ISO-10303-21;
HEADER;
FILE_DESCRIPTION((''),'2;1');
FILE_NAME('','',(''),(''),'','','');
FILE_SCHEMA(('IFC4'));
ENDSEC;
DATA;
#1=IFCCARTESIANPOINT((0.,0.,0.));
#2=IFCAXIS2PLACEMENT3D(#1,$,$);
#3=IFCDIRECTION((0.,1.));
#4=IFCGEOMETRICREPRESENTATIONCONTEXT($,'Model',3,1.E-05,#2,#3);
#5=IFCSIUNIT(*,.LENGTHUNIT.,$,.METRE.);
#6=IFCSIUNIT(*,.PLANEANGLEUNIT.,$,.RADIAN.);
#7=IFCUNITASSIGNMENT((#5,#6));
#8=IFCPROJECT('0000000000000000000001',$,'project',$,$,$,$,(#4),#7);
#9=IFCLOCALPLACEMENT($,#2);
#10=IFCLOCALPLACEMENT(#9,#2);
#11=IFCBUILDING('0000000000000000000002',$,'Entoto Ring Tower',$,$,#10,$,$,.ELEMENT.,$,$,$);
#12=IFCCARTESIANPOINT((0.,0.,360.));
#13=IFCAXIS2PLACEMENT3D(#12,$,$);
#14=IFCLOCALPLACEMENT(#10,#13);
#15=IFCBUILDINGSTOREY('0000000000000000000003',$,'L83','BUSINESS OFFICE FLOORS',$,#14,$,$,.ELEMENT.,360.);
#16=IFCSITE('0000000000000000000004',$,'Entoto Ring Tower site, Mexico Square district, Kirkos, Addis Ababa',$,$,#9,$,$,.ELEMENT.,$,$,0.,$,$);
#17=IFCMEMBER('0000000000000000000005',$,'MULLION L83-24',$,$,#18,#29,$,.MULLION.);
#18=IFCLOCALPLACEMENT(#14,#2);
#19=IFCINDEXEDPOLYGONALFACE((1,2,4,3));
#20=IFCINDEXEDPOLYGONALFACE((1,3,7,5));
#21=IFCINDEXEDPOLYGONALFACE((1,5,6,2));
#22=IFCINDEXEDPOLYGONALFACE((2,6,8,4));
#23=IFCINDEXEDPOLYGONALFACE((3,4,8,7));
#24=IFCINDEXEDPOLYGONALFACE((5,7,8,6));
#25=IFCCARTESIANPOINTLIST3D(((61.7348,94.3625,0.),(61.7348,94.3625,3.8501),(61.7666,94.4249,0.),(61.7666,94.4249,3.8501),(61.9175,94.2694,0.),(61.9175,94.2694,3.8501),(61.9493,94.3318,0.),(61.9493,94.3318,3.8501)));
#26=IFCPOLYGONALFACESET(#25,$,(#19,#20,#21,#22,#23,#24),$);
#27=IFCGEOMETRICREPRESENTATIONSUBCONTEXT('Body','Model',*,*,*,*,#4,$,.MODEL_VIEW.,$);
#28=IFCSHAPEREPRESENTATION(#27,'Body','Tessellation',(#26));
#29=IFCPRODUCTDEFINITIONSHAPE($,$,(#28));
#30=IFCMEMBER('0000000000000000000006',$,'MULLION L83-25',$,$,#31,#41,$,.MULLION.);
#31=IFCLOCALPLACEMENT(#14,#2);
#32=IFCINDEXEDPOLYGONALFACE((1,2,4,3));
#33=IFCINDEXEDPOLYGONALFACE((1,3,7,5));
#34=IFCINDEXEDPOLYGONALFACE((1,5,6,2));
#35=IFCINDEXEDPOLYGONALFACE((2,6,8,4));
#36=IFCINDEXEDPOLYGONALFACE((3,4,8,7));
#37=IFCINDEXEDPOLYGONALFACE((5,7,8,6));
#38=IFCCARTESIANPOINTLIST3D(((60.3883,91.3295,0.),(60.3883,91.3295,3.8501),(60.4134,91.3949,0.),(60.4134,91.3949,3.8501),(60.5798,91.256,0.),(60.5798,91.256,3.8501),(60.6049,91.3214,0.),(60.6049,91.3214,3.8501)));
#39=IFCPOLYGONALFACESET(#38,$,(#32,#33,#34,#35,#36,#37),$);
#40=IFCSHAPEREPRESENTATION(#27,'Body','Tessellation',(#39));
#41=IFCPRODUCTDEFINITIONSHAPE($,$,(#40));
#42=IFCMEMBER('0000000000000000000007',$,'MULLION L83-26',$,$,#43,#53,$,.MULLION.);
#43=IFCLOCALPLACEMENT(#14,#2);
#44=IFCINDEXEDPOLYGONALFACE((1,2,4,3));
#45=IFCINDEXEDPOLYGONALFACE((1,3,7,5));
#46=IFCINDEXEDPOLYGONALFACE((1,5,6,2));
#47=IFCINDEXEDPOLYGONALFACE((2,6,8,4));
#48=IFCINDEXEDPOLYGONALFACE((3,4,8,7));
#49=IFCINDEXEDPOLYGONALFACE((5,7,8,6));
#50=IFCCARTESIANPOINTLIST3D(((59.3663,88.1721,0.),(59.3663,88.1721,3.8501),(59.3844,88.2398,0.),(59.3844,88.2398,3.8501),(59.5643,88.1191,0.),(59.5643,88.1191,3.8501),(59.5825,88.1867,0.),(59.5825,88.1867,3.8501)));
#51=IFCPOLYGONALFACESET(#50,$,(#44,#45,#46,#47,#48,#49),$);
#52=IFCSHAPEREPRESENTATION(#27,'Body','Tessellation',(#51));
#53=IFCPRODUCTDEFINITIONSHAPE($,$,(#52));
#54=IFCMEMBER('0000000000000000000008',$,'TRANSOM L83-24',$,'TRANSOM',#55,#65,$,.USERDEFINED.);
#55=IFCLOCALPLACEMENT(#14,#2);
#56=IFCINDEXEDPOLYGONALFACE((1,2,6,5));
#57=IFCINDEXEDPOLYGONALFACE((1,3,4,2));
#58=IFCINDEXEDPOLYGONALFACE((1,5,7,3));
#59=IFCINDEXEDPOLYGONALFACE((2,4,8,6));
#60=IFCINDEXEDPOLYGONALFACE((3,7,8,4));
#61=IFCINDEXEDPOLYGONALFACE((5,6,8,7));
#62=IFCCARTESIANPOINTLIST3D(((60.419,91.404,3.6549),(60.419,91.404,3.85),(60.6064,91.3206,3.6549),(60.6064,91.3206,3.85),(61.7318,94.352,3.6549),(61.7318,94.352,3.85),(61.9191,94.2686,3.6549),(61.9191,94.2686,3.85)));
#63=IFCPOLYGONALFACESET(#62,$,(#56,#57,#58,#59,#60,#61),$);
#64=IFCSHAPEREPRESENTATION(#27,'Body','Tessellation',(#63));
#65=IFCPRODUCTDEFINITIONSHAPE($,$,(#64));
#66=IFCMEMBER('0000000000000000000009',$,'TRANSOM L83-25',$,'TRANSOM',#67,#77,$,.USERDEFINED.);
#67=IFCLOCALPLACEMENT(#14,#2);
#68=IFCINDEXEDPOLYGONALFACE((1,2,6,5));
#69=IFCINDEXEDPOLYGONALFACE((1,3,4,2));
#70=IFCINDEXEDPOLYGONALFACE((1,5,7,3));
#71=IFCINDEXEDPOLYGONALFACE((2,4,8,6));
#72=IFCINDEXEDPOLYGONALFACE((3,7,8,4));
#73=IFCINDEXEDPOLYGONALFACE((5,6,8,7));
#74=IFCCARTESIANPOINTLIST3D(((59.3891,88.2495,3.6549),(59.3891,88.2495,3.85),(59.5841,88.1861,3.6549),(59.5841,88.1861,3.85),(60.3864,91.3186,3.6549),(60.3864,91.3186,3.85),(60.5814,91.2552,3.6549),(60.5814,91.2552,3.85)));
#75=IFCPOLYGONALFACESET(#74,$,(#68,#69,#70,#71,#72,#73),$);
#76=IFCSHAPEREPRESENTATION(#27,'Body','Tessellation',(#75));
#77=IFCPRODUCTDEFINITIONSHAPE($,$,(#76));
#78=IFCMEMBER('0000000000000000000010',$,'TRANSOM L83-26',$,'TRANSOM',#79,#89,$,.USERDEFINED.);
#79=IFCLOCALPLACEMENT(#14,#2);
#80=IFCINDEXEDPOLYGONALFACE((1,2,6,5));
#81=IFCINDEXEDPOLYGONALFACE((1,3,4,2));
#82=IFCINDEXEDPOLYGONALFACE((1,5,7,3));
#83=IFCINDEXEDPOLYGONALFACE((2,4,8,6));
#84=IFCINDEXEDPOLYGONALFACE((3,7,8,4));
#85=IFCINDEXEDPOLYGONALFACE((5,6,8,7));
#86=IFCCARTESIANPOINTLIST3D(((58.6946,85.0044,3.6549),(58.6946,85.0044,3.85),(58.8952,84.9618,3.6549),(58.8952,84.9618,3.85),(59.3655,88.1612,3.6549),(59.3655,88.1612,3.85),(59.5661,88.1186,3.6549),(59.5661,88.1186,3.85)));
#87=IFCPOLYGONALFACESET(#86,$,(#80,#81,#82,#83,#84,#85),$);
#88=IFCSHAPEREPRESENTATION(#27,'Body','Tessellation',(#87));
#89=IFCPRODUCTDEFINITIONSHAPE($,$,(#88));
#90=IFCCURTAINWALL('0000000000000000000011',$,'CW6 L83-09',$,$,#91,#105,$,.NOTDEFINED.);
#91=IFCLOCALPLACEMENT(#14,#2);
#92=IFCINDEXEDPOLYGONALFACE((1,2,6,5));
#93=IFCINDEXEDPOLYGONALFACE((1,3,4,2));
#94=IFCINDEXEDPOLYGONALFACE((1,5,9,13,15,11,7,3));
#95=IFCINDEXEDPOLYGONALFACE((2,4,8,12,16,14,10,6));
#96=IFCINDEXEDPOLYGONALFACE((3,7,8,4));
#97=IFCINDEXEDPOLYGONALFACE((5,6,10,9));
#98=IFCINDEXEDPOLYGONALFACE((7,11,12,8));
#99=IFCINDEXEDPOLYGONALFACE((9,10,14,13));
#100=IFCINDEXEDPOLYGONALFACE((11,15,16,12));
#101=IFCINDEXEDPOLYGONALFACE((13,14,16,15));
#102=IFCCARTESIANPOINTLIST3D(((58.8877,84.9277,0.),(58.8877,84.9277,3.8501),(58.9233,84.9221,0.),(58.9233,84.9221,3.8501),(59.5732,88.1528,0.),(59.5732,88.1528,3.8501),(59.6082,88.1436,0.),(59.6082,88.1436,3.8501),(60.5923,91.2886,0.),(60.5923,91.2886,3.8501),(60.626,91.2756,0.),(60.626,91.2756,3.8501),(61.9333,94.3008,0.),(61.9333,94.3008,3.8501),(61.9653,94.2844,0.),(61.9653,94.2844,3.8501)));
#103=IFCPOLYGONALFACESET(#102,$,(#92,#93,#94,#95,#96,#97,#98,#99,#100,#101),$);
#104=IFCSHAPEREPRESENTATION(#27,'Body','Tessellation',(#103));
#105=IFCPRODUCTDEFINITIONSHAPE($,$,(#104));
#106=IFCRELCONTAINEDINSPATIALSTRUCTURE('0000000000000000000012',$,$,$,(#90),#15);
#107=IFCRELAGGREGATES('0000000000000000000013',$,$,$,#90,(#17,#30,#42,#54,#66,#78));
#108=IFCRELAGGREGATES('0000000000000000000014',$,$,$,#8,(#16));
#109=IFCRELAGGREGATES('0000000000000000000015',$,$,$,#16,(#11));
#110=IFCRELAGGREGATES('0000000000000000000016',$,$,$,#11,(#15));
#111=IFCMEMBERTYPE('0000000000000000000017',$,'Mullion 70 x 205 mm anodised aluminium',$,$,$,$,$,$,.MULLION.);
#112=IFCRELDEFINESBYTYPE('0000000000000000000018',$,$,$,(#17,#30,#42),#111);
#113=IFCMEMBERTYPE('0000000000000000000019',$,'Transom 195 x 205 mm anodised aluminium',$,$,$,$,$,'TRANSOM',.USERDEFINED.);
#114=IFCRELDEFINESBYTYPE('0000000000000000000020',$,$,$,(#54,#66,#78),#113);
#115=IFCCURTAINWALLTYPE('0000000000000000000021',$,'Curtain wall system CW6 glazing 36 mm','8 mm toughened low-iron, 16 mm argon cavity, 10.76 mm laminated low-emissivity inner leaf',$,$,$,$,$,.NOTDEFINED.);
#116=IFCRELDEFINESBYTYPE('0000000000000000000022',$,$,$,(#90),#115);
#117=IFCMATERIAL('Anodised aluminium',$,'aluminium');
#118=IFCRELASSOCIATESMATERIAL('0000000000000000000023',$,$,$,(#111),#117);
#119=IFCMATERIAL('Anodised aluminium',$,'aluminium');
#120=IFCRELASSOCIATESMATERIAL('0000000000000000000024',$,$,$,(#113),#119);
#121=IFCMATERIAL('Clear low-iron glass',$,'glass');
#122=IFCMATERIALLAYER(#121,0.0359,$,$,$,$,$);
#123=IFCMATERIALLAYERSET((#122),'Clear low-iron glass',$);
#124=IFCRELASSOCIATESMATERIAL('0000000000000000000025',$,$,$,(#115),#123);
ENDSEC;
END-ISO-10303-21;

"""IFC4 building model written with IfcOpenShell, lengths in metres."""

from ifc_helpers import new_model, si_unit, direction, frame, origin, origin_2d, place, context, subcontext, project, spatial, polyline, rectangle, outline, extrude, material, layer, layer_set, material_profile, profile_set, type_object, element, aggregate, save


model = new_model("IFC4")

# Units and contexts
model_context = context("Model", 3, precision=1e-05, world=origin(), true_north=direction((0.0, 1.0)))
body_context = subcontext(model_context, "Body", "Model", "MODEL_VIEW")
ifc_project = project(units=[si_unit("LENGTHUNIT", "METRE"), si_unit("PLANEANGLEUNIT", "RADIAN")], contexts=[model_context])

# Members
ifc_material_1 = material(Name="Anodised aluminium", Category="aluminium")
ifc_material_profile_1 = material_profile(ifc_material_1, rectangle(XDim=0.0701, YDim=0.2051, at=origin_2d()), Name="Mullion 70 x 205 mm anodised aluminium")
ifc_profile_set_1 = profile_set([ifc_material_profile_1], Name="Anodised aluminium")
member_type_1 = type_object("IfcMemberType", Name="Mullion 70 x 205 mm anodised aluminium", PredefinedType="MULLION", material=ifc_profile_set_1)
site_placement = place(None, origin())
building_placement = place(site_placement, origin())
storey_placement = place(building_placement, frame((0.0, 0.0, 360.0)))
member_1_placement = place(storey_placement, frame((61.842, 94.3472, 0.0), z_axis=(0.0, 0.0, 1.0), x_axis=(-0.45399, -0.891007, 0.0)))
member_1 = element("IfcMember", 1, at=member_1_placement, type_object=member_type_1, Name="MULLION L83-24", PredefinedType="MULLION", context=body_context, shape_type="SweptSolid", body=[
    extrude(rectangle(XDim=0.0701, YDim=0.2051, at=origin_2d()), origin(), (0.0, 0.0, 1.0), 3.8501),
])
member_2_placement = place(storey_placement, frame((60.4966, 91.3254, 0.0), z_axis=(0.0, 0.0, 1.0), x_axis=(-0.358368, -0.93358, 0.0)))
member_2 = element("IfcMember", 2, at=member_2_placement, type_object=member_type_1, Name="MULLION L83-25", PredefinedType="MULLION", context=body_context, shape_type="SweptSolid", body=[
    extrude(rectangle(XDim=0.0701, YDim=0.2051, at=origin_2d()), origin(), (0.0, 0.0, 1.0), 3.8501),
])
member_3_placement = place(storey_placement, frame((59.4744, 88.1794, 0.0), z_axis=(0.0, 0.0, 1.0), x_axis=(-0.258819, -0.965926, 0.0)))
member_3 = element("IfcMember", 3, at=member_3_placement, type_object=member_type_1, Name="MULLION L83-26", PredefinedType="MULLION", context=body_context, shape_type="SweptSolid", body=[
    extrude(rectangle(XDim=0.0701, YDim=0.2051, at=origin_2d()), origin(), (0.0, 0.0, 1.0), 3.8501),
])
ifc_material_2 = material(Name="Anodised aluminium", Category="aluminium")
ifc_material_profile_2 = material_profile(ifc_material_2, rectangle(XDim=0.2051, YDim=0.1951, at=origin_2d()), Name="Transom 195 x 205 mm anodised aluminium")
ifc_profile_set_2 = profile_set([ifc_material_profile_2], Name="Anodised aluminium")
member_type_2 = type_object("IfcMemberType", Name="Transom 195 x 205 mm anodised aluminium", ElementType="TRANSOM", PredefinedType="USERDEFINED", material=ifc_profile_set_2)
member_4_placement = place(storey_placement, frame((61.8254, 94.3103, 3.7524), z_axis=(-0.406791, -0.913521, 0.0), x_axis=(0.913521, -0.406791, 0.0)))
member_4 = element("IfcMember", 4, at=member_4_placement, type_object=member_type_2, Name="TRANSOM L83-24", ObjectType="TRANSOM", PredefinedType="USERDEFINED", context=body_context, shape_type="SweptSolid", body=[
    extrude(rectangle(XDim=0.2051, YDim=0.1951, at=origin_2d()), origin(), (0.0, 0.0, 1.0), 3.2271),
])
member_5_placement = place(storey_placement, frame((60.4839, 91.2869, 3.7524), z_axis=(-0.309047, -0.951047, 0.0), x_axis=(0.951047, -0.309047, 0.0)))
member_5 = element("IfcMember", 5, at=member_5_placement, type_object=member_type_2, Name="TRANSOM L83-25", ObjectType="TRANSOM", PredefinedType="USERDEFINED", context=body_context, shape_type="SweptSolid", body=[
    extrude(rectangle(XDim=0.2051, YDim=0.1951, at=origin_2d()), origin(), (0.0, 0.0, 1.0), 3.2271),
])
member_6_placement = place(storey_placement, frame((59.4658, 88.1399, 3.7524), z_axis=(-0.207886, -0.978153, 0.0), x_axis=(0.978153, -0.207886, 0.0)))
member_6 = element("IfcMember", 6, at=member_6_placement, type_object=member_type_2, Name="TRANSOM L83-26", ObjectType="TRANSOM", PredefinedType="USERDEFINED", context=body_context, shape_type="SweptSolid", body=[
    extrude(rectangle(XDim=0.2051, YDim=0.1951, at=origin_2d()), origin(), (0.0, 0.0, 1.0), 3.2273),
])

# Site, building, storey
site = spatial("IfcSite", under=ifc_project, at=site_placement, Name="Entoto Ring Tower site, Mexico Square district, Kirkos, Addis Ababa", CompositionType="ELEMENT", RefElevation=0.0)
building = spatial("IfcBuilding", under=site, at=building_placement, Name="Entoto Ring Tower", CompositionType="ELEMENT")
storey = spatial("IfcBuildingStorey", under=building, at=storey_placement, Name="L83", Description="BUSINESS OFFICE FLOORS", CompositionType="ELEMENT", Elevation=360.0)

# Curtain wall
ifc_material_3 = material(Name="Clear low-iron glass", Category="glass")
ifc_layer = layer(ifc_material_3, 0.0359)
ifc_layer_set = layer_set([ifc_layer], Name="Clear low-iron glass")
curtain_wall_type = type_object("IfcCurtainWallType", Name="Curtain wall system CW6 glazing 36 mm", Description="8 mm toughened low-iron, 16 mm argon cavity, 10.76 mm laminated low-emissivity inner leaf", PredefinedType="NOTDEFINED", material=ifc_layer_set)
curtain_wall_1_placement = place(storey_placement, origin())
curtain_wall_1 = element("IfcCurtainWall", 7, at=curtain_wall_1_placement, inside=storey, type_object=curtain_wall_type, Name="CW6 L83-09", PredefinedType="NOTDEFINED", context=body_context, shape_type="SweptSolid", body=[
    extrude(outline(polyline([(61.9333, 94.3008), (60.5923, 91.2886), (59.5732, 88.1528), (58.8877, 84.9277), (58.9233, 84.9221), (59.6082, 88.1436), (60.626, 91.2756), (61.9653, 94.2844), (61.9333, 94.3008)])), origin(), (0.0, 0.0, 1.0), 3.8501),
])
aggregate(curtain_wall_1, [member_1, member_2, member_3, member_4, member_5, member_6])

save(model, "model.ifc")
